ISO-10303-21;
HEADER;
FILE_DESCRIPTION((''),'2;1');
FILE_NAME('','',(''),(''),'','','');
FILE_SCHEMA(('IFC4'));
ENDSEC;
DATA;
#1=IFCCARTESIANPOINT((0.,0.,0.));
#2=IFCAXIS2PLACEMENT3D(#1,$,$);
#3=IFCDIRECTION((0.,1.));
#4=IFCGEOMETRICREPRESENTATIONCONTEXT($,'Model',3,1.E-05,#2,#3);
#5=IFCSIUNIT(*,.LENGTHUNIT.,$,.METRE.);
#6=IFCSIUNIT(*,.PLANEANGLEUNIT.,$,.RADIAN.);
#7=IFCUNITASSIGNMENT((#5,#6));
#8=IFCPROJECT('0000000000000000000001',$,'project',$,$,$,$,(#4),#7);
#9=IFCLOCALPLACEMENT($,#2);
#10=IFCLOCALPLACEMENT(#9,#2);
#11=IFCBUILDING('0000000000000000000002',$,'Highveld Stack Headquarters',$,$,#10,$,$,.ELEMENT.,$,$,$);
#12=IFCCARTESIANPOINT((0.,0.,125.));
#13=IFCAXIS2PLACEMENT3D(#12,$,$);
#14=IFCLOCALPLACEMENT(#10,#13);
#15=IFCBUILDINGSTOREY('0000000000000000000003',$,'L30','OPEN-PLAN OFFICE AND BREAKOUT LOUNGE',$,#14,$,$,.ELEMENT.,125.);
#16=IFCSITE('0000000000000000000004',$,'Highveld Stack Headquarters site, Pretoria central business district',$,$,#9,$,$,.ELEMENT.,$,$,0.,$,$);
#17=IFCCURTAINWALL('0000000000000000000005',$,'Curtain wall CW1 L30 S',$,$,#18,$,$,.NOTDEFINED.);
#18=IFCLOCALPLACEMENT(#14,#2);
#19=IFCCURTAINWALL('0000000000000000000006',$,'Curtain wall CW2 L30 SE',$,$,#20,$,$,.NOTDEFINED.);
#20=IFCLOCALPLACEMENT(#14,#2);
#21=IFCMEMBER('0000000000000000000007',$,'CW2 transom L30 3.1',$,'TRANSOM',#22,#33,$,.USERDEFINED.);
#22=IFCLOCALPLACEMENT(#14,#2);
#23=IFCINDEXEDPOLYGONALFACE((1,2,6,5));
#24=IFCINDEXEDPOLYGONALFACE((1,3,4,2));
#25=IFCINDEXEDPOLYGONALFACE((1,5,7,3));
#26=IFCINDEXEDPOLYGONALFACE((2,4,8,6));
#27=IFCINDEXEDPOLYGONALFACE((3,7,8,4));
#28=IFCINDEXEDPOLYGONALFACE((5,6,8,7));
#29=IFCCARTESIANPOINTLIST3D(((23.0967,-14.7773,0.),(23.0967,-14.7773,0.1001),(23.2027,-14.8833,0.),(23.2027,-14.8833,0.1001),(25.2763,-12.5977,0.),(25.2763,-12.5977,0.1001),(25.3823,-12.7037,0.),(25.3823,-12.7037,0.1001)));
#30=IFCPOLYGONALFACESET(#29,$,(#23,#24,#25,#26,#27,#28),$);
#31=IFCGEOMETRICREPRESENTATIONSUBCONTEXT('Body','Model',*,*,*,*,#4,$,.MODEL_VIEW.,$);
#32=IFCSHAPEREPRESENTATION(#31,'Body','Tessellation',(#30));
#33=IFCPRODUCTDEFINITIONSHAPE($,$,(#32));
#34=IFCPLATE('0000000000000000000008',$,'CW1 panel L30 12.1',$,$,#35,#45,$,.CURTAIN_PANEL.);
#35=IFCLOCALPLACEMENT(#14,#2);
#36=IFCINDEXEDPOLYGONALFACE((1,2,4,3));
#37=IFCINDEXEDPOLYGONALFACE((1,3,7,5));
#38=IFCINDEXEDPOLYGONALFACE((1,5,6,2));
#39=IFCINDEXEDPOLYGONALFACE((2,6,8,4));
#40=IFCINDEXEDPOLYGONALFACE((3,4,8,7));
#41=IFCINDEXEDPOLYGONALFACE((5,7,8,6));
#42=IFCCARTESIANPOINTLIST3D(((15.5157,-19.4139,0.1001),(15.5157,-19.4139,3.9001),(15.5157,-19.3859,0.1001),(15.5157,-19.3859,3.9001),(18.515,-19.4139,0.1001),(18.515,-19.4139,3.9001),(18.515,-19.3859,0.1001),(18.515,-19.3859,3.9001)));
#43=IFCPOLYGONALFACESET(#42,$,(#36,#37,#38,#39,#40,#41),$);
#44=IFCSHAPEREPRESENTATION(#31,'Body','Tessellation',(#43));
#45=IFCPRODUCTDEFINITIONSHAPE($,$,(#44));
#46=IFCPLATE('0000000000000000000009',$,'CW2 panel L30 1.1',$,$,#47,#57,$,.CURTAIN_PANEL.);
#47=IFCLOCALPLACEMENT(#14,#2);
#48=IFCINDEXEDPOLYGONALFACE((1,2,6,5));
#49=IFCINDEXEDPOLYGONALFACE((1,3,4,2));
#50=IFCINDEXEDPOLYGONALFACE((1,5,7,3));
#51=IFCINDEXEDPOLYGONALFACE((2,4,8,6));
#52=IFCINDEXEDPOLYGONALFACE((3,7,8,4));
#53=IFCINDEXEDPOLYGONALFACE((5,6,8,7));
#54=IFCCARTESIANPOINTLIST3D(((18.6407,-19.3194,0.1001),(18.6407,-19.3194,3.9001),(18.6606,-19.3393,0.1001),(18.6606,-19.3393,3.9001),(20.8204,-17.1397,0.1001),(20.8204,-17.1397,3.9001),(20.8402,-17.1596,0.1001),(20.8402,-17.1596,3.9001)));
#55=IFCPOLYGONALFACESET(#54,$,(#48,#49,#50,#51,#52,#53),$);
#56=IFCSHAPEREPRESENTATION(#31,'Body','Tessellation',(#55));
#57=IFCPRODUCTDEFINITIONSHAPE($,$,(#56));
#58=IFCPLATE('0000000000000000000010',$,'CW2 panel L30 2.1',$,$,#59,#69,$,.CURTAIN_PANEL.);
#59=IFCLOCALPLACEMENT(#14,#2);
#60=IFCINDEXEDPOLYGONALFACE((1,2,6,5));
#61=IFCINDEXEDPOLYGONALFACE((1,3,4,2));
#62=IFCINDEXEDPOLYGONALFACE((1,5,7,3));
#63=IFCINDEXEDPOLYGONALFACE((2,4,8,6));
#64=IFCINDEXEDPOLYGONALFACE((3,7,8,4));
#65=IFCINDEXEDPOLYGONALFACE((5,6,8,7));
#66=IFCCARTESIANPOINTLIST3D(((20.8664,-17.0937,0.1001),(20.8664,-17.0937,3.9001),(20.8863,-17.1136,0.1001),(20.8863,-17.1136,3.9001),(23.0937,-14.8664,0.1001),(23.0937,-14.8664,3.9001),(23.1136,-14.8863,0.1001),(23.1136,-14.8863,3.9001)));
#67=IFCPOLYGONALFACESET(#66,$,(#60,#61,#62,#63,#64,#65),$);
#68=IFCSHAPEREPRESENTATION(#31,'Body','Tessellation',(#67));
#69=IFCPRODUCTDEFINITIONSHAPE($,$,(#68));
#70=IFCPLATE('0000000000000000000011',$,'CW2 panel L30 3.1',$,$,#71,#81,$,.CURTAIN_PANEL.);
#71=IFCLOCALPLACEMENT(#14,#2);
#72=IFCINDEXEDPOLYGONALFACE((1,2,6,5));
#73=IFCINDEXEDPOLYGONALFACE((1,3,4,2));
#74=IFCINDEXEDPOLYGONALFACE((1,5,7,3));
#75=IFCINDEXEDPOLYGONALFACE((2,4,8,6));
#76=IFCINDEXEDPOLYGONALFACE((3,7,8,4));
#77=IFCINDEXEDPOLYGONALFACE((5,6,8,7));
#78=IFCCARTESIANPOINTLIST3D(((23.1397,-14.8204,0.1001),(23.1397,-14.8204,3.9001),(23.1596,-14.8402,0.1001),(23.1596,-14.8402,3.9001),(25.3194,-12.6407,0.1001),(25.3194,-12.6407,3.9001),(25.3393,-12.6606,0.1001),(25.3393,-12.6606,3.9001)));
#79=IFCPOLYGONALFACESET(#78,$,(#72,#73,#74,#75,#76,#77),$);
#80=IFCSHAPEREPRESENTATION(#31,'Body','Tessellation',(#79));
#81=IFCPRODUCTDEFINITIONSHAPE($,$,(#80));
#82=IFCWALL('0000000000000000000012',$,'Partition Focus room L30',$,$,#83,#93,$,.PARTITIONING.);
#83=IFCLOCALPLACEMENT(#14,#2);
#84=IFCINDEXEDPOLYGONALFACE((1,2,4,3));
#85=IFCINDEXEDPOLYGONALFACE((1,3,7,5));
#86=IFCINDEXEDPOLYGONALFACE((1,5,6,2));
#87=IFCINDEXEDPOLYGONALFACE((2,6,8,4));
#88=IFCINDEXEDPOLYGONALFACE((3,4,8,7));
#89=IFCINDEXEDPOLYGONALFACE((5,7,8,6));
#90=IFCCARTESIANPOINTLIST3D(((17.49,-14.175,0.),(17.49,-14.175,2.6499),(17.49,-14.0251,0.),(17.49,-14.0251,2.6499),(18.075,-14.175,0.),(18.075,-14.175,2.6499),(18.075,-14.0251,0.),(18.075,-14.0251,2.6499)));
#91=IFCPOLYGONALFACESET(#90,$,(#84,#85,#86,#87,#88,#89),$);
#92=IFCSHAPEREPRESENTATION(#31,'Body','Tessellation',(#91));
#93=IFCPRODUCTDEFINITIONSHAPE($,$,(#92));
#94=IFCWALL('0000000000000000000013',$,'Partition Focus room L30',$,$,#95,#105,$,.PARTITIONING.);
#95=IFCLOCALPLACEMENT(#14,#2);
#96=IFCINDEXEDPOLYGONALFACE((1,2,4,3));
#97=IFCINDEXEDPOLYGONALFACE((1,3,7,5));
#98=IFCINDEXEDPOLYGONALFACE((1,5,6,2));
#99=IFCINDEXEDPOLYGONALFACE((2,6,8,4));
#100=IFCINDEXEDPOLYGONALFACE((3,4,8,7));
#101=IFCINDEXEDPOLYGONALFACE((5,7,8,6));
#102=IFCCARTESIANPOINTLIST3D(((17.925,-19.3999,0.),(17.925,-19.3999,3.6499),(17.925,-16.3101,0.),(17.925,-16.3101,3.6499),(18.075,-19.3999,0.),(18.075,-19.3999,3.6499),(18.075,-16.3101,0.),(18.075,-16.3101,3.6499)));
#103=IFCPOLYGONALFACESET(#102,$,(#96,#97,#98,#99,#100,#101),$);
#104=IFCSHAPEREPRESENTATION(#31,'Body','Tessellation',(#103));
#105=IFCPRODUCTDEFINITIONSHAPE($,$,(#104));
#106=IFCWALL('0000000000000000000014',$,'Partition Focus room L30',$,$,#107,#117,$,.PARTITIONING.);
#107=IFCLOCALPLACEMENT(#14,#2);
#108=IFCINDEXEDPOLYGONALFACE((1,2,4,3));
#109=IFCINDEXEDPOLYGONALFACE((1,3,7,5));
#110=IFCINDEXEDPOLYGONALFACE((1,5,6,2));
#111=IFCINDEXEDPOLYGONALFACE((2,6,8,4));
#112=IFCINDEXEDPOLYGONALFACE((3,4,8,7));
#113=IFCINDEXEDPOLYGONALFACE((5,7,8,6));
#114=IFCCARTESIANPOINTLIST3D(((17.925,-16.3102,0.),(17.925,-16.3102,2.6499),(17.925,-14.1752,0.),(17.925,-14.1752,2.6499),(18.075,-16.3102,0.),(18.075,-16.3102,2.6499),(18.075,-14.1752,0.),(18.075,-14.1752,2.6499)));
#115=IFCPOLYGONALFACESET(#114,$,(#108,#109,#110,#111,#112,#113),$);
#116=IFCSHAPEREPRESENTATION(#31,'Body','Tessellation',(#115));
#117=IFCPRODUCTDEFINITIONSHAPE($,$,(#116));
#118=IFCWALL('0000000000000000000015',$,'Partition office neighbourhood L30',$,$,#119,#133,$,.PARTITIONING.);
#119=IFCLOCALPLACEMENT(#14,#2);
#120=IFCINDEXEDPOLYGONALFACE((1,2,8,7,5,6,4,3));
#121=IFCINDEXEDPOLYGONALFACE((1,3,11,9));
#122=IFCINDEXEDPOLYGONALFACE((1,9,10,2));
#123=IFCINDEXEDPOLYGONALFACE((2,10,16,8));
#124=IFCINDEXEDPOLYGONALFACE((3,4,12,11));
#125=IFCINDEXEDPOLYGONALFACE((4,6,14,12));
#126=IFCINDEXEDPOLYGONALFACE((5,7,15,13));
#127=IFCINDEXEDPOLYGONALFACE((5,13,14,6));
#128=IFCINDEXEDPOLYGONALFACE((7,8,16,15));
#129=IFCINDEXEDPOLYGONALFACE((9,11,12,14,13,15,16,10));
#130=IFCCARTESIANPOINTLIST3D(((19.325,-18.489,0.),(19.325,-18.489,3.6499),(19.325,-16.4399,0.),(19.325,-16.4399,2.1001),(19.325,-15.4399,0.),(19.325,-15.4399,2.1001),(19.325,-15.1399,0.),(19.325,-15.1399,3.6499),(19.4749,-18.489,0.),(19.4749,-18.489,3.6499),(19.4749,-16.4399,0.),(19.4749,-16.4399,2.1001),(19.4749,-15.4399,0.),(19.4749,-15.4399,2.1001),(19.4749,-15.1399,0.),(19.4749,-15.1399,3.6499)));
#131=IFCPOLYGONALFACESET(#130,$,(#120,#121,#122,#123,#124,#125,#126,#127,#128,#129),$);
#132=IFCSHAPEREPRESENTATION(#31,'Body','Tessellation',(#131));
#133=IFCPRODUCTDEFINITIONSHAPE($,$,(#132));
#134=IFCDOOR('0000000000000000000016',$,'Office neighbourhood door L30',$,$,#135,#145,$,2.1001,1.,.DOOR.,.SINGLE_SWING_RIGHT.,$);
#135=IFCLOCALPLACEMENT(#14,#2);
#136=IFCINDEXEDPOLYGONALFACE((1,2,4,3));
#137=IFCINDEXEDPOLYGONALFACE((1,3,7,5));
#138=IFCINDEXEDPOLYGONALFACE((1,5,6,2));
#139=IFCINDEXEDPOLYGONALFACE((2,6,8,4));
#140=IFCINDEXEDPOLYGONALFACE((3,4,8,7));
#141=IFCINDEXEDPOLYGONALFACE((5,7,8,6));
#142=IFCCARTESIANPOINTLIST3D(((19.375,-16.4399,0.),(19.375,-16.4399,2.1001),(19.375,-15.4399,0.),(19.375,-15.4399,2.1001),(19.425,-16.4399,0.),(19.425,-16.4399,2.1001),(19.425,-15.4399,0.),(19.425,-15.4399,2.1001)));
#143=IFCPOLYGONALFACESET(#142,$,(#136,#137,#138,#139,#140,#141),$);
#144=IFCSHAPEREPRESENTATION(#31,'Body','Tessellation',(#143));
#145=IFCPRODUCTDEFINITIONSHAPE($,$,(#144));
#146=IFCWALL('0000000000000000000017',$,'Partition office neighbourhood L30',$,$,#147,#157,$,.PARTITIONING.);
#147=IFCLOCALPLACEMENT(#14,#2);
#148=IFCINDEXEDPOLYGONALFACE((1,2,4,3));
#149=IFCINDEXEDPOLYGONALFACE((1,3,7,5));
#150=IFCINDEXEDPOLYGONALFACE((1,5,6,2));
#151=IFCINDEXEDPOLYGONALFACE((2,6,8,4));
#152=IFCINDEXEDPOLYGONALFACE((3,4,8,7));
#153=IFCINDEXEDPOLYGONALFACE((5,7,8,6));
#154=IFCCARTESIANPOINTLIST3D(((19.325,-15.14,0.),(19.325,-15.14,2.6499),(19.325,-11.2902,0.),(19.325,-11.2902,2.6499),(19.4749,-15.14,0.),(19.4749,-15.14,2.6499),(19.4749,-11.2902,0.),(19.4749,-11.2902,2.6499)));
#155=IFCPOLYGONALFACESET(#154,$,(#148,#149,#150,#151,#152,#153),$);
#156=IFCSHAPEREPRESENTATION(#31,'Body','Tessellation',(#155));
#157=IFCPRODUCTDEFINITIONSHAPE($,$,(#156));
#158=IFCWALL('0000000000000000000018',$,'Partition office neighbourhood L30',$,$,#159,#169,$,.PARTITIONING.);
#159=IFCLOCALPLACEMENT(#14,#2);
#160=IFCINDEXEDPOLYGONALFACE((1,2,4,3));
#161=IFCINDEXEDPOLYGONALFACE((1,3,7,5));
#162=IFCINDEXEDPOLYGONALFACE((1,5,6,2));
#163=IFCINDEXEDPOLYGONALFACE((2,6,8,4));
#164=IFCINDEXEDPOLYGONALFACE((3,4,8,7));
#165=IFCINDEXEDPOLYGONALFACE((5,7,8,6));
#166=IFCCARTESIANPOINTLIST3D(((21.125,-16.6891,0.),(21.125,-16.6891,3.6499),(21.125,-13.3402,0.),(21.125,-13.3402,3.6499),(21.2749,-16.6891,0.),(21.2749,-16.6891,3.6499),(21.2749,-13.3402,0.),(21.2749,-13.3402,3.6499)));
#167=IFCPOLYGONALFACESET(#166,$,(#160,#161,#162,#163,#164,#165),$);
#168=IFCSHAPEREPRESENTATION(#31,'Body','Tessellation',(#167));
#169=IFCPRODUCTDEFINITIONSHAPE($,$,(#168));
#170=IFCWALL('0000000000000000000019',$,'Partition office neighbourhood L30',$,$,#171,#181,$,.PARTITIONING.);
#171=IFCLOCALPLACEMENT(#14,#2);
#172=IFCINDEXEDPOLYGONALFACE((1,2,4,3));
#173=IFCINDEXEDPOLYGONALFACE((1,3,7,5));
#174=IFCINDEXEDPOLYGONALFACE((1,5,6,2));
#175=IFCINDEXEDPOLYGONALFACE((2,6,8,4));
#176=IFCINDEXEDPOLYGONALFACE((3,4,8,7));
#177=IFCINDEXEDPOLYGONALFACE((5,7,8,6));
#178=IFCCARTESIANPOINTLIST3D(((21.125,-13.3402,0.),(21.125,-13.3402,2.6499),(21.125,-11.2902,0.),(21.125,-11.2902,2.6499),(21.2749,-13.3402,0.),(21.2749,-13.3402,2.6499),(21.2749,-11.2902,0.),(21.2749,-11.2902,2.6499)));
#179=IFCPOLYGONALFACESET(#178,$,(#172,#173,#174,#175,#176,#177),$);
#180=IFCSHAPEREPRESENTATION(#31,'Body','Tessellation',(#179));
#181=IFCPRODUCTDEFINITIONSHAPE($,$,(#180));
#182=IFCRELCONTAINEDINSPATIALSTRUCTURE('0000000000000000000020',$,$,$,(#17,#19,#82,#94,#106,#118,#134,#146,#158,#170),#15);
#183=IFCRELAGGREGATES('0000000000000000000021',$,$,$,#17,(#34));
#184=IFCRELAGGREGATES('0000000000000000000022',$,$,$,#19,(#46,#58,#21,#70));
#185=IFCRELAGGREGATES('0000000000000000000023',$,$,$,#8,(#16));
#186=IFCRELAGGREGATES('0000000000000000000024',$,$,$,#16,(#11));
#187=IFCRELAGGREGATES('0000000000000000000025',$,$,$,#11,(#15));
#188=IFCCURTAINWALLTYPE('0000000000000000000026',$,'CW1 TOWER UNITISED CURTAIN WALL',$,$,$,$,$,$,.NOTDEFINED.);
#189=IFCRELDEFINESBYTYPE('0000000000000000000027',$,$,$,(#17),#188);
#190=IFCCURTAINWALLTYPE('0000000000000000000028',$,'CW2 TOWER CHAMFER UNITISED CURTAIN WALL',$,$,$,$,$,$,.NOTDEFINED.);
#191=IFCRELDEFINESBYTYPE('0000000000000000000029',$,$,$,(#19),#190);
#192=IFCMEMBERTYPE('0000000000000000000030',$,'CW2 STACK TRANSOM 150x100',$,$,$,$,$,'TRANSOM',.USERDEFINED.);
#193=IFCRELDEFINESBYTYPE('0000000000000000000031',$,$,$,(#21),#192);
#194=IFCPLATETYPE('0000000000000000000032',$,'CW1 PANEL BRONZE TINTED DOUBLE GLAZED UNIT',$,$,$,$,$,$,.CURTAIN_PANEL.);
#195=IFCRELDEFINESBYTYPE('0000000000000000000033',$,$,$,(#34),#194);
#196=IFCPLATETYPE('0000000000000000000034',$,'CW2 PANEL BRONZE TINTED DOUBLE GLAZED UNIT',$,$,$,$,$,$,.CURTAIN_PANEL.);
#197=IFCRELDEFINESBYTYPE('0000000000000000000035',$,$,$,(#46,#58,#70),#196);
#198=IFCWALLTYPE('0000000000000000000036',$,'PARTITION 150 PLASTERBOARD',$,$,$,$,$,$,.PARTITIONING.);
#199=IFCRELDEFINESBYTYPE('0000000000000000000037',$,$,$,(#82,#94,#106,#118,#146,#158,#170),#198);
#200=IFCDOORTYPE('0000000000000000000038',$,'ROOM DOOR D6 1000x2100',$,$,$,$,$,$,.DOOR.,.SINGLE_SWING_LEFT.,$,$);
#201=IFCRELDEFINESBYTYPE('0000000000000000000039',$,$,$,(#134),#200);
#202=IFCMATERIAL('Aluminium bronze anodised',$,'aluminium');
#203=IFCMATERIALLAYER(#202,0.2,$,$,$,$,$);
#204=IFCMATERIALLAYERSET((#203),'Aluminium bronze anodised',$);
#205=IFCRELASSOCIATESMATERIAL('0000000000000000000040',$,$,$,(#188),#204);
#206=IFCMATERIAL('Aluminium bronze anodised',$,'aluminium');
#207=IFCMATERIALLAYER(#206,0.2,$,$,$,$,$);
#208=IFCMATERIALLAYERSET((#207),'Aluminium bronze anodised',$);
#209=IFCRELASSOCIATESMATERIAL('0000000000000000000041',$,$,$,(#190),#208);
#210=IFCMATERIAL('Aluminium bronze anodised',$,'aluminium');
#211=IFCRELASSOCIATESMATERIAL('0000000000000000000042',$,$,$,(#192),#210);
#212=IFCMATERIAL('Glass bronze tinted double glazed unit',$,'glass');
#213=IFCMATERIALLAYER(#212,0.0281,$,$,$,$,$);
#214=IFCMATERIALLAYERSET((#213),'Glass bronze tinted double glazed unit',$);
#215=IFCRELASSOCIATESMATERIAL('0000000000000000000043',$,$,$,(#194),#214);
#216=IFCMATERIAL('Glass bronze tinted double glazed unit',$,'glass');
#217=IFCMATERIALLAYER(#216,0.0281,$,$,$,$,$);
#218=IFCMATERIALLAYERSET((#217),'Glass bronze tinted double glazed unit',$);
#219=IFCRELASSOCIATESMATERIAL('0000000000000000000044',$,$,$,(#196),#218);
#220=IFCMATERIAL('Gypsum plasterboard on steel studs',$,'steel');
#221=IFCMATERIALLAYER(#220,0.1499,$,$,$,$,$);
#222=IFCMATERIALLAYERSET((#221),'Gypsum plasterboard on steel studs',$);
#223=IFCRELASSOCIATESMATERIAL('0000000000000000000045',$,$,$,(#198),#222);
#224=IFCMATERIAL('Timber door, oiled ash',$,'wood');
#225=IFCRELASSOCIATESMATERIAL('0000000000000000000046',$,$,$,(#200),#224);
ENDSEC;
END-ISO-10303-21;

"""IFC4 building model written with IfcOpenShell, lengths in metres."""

from ifc_helpers import new_model, si_unit, direction, frame, frame_2d, origin, origin_2d, place, context, subcontext, project, spatial, rectangle, extrude, material, layer, layer_set, material_profile, profile_set, type_object, element, fill, aggregate, save


model = new_model("IFC4")

# Units and contexts
model_context = context("Model", 3, precision=1e-05, world=origin(), true_north=direction((0.0, 1.0)))
body_context = subcontext(model_context, "Body", "Model", "MODEL_VIEW")
ifc_project = project(units=[si_unit("LENGTHUNIT", "METRE"), si_unit("PLANEANGLEUNIT", "RADIAN")], contexts=[model_context])

# Site, building, storey
site_placement = place(None, origin())
site = spatial("IfcSite", under=ifc_project, at=site_placement, Name="Highveld Stack Headquarters site, Pretoria central business district", CompositionType="ELEMENT", RefElevation=0.0)
building_placement = place(site_placement, origin())
building = spatial("IfcBuilding", under=site, at=building_placement, Name="Highveld Stack Headquarters", CompositionType="ELEMENT")
storey_placement = place(building_placement, frame((0.0, 0.0, 125.0)))
storey = spatial("IfcBuildingStorey", under=building, at=storey_placement, Name="L30", Description="OPEN-PLAN OFFICE AND BREAKOUT LOUNGE", CompositionType="ELEMENT", Elevation=125.0)

# Curtain wall
ifc_material_1 = material(Name="Aluminium bronze anodised", Category="aluminium")
ifc_layer_1 = layer(ifc_material_1, 0.2)
ifc_layer_set_1 = layer_set([ifc_layer_1], Name="Aluminium bronze anodised")
curtain_wall_type_1 = type_object("IfcCurtainWallType", Name="CW1 TOWER UNITISED CURTAIN WALL", PredefinedType="NOTDEFINED", material=ifc_layer_set_1)
curtain_wall_1_placement = place(storey_placement, origin())
curtain_wall_1 = element("IfcCurtainWall", 1, at=curtain_wall_1_placement, inside=storey, type_object=curtain_wall_type_1, Name="Curtain wall CW1 L30 S", PredefinedType="NOTDEFINED")

# Curtain wall, member
ifc_material_2 = material(Name="Aluminium bronze anodised", Category="aluminium")
ifc_layer_2 = layer(ifc_material_2, 0.2)
ifc_layer_set_2 = layer_set([ifc_layer_2], Name="Aluminium bronze anodised")
curtain_wall_type_2 = type_object("IfcCurtainWallType", Name="CW2 TOWER CHAMFER UNITISED CURTAIN WALL", PredefinedType="NOTDEFINED", material=ifc_layer_set_2)
curtain_wall_2_placement = place(storey_placement, origin())
curtain_wall_2 = element("IfcCurtainWall", 2, at=curtain_wall_2_placement, inside=storey, type_object=curtain_wall_type_2, Name="Curtain wall CW2 L30 SE", PredefinedType="NOTDEFINED")
ifc_material_3 = material(Name="Aluminium bronze anodised", Category="aluminium")
ifc_material_profile_1 = material_profile(ifc_material_3, rectangle(XDim=0.1499, YDim=0.1001, at=origin_2d()), Name="CW2 TRANSOM 150x100")
ifc_profile_set_1 = profile_set([ifc_material_profile_1], Name="Aluminium bronze anodised")
member_type_1 = type_object("IfcMemberType", Name="CW2 STACK TRANSOM 150x100", ElementType="TRANSOM", PredefinedType="USERDEFINED", material=ifc_profile_set_1)
member_1_placement = place(storey_placement, frame((23.1497, -14.8303, 0.05), z_axis=(0.707107, 0.707107, 0.0), x_axis=(-0.707107, 0.707107, 0.0)))
member_1 = element("IfcMember", 3, at=member_1_placement, type_object=member_type_1, Name="CW2 transom L30 3.1", ObjectType="TRANSOM", PredefinedType="USERDEFINED", context=body_context, shape_type="SweptSolid", body=[
    extrude(rectangle(XDim=0.1499, YDim=0.1001, at=origin_2d()), origin(), (0.0, 0.0, 1.0), 3.0825),
])

# Plates
ifc_material_4 = material(Name="Glass bronze tinted double glazed unit", Category="glass")
ifc_layer_3 = layer(ifc_material_4, 0.0281)
ifc_layer_set_3 = layer_set([ifc_layer_3], Name="Glass bronze tinted double glazed unit")
plate_type_1 = type_object("IfcPlateType", Name="CW1 PANEL BRONZE TINTED DOUBLE GLAZED UNIT", PredefinedType="CURTAIN_PANEL", material=ifc_layer_set_3)
plate_1_placement = place(storey_placement, frame((17.0154, -19.3999, 0.1001), z_axis=(0.0, 0.0, 1.0), x_axis=(1.0, 0.0, 0.0)))
plate_1 = element("IfcPlate", 4, at=plate_1_placement, type_object=plate_type_1, Name="CW1 panel L30 12.1", PredefinedType="CURTAIN_PANEL", context=body_context, shape_type="SweptSolid", body=[
    extrude(rectangle(XDim=2.9993, YDim=0.0281, at=origin_2d()), origin(), (0.0, 0.0, 1.0), 3.8),
])
aggregate(curtain_wall_1, [plate_1])
ifc_material_5 = material(Name="Glass bronze tinted double glazed unit", Category="glass")
ifc_layer_4 = layer(ifc_material_5, 0.0281)
ifc_layer_set_4 = layer_set([ifc_layer_4], Name="Glass bronze tinted double glazed unit")
plate_type_2 = type_object("IfcPlateType", Name="CW2 PANEL BRONZE TINTED DOUBLE GLAZED UNIT", PredefinedType="CURTAIN_PANEL", material=ifc_layer_set_4)
plate_2_placement = place(storey_placement, frame((19.7405, -18.2395, 0.1001), z_axis=(0.0, 0.0, 1.0), x_axis=(0.707107, 0.707107, 0.0)))
plate_2 = element("IfcPlate", 5, at=plate_2_placement, type_object=plate_type_2, Name="CW2 panel L30 1.1", PredefinedType="CURTAIN_PANEL", context=body_context, shape_type="SweptSolid", body=[
    extrude(rectangle(XDim=3.0825, YDim=0.0281, at=origin_2d()), origin(), (0.0, 0.0, 1.0), 3.8),
])
plate_3_placement = place(storey_placement, frame((21.99, -15.99, 0.1001), z_axis=(0.0, 0.0, 1.0), x_axis=(0.707107, 0.707107, 0.0)))
plate_3 = element("IfcPlate", 6, at=plate_3_placement, type_object=plate_type_2, Name="CW2 panel L30 2.1", PredefinedType="CURTAIN_PANEL", context=body_context, shape_type="SweptSolid", body=[
    extrude(rectangle(XDim=3.1499, YDim=0.0281, at=origin_2d()), origin(), (0.0, 0.0, 1.0), 3.8),
])
plate_4_placement = place(storey_placement, frame((24.2395, -13.7405, 0.1001), z_axis=(0.0, 0.0, 1.0), x_axis=(0.707107, 0.707107, 0.0)))
plate_4 = element("IfcPlate", 7, at=plate_4_placement, type_object=plate_type_2, Name="CW2 panel L30 3.1", PredefinedType="CURTAIN_PANEL", context=body_context, shape_type="SweptSolid", body=[
    extrude(rectangle(XDim=3.0825, YDim=0.0281, at=origin_2d()), origin(), (0.0, 0.0, 1.0), 3.8),
])
aggregate(curtain_wall_2, [plate_2, plate_3, member_1, plate_4])

# Walls
ifc_material_6 = material(Name="Gypsum plasterboard on steel studs", Category="steel")
ifc_layer_5 = layer(ifc_material_6, 0.1499)
ifc_layer_set_5 = layer_set([ifc_layer_5], Name="Gypsum plasterboard on steel studs")
wall_type = type_object("IfcWallType", Name="PARTITION 150 PLASTERBOARD", PredefinedType="PARTITIONING", material=ifc_layer_set_5)
wall_1_placement = place(storey_placement, frame((17.49, -14.1001, 0.0), z_axis=(0.0, 0.0, 1.0), x_axis=(1.0, 0.0, 0.0)))
element("IfcWall", 8, at=wall_1_placement, inside=storey, type_object=wall_type, Name="Partition Focus room L30", PredefinedType="PARTITIONING", context=body_context, shape_type="SweptSolid", body=[
    extrude(rectangle(XDim=0.585, YDim=0.1499, at=frame_2d((0.2925, 0.0))), origin(), (0.0, 0.0, 1.0), 2.6499),
])
wall_2_placement = place(storey_placement, frame((18.0, -19.3999, 0.0), z_axis=(0.0, 0.0, 1.0), x_axis=(0.0, 1.0, 0.0)))
element("IfcWall", 9, at=wall_2_placement, inside=storey, type_object=wall_type, Name="Partition Focus room L30", PredefinedType="PARTITIONING", context=body_context, shape_type="SweptSolid", body=[
    extrude(rectangle(XDim=3.0898, YDim=0.1499, at=frame_2d((1.5449, 0.0))), origin(), (0.0, 0.0, 1.0), 3.6499),
])
wall_3_placement = place(storey_placement, frame((18.0, -16.3101, 0.0), z_axis=(0.0, 0.0, 1.0), x_axis=(0.0, 1.0, 0.0)))
element("IfcWall", 10, at=wall_3_placement, inside=storey, type_object=wall_type, Name="Partition Focus room L30", PredefinedType="PARTITIONING", context=body_context, shape_type="SweptSolid", body=[
    extrude(rectangle(XDim=2.135, YDim=0.1499, at=frame_2d((1.0674, 0.0))), origin(), (0.0, 0.0, 1.0), 2.6499),
])

# Wall, opening, door
wall_4_placement = place(storey_placement, frame((19.3999, -18.489, 0.0), z_axis=(0.0, 0.0, 1.0), x_axis=(0.0, 1.0, 0.0)))
wall_4 = element("IfcWall", 11, at=wall_4_placement, inside=storey, type_object=wall_type, Name="Partition office neighbourhood L30", PredefinedType="PARTITIONING", context=body_context, shape_type="SweptSolid", body=[
    extrude(rectangle(XDim=3.3491, YDim=0.1499, at=frame_2d((1.6746, 0.0))), origin(), (0.0, 0.0, 1.0), 3.6499),
])
opening_placement = place(wall_4_placement, frame((2.0491, 0.0, 0.0)))
opening = element("IfcOpeningElement", 12, at=opening_placement, cuts=wall_4, PredefinedType="OPENING", context=body_context, shape_type="SweptSolid", body=[
    extrude(rectangle(XDim=1.0, YDim=2.1001, at=frame_2d((0.5, 1.05))), frame((0.0, 0.085, 0.0), z_axis=(0.0, -1.0, 0.0), x_axis=(1.0, 0.0, 0.0)), (0.0, 0.0, 1.0), 0.1699),
])
ifc_material_7 = material(Name="Timber door, oiled ash", Category="wood")
door_type = type_object("IfcDoorType", Name="ROOM DOOR D6 1000x2100", OperationType="SINGLE_SWING_LEFT", PredefinedType="DOOR", material=ifc_material_7)
door_placement = place(opening_placement, origin())
door = element("IfcDoor", 13, at=door_placement, inside=storey, type_object=door_type, Name="Office neighbourhood door L30", OperationType="SINGLE_SWING_RIGHT", OverallHeight=2.1001, OverallWidth=1.0, PredefinedType="DOOR", context=body_context, shape_type="SweptSolid", body=[
    extrude(rectangle(XDim=1.0, YDim=2.1001, at=frame_2d((0.5, 1.05))), frame((0.0, 0.0249, 0.0), z_axis=(0.0, -1.0, 0.0), x_axis=(1.0, 0.0, 0.0)), (0.0, 0.0, 1.0), 0.05),
])
fill(opening, door)

# Walls
wall_5_placement = place(storey_placement, frame((19.3999, -15.1399, 0.0), z_axis=(0.0, 0.0, 1.0), x_axis=(0.0, 1.0, 0.0)))
element("IfcWall", 14, at=wall_5_placement, inside=storey, type_object=wall_type, Name="Partition office neighbourhood L30", PredefinedType="PARTITIONING", context=body_context, shape_type="SweptSolid", body=[
    extrude(rectangle(XDim=3.8499, YDim=0.1499, at=frame_2d((1.9248, 0.0))), origin(), (0.0, 0.0, 1.0), 2.6499),
])
wall_6_placement = place(storey_placement, frame((21.2, -16.689, 0.0), z_axis=(0.0, 0.0, 1.0), x_axis=(0.0, 1.0, 0.0)))
element("IfcWall", 15, at=wall_6_placement, inside=storey, type_object=wall_type, Name="Partition office neighbourhood L30", PredefinedType="PARTITIONING", context=body_context, shape_type="SweptSolid", body=[
    extrude(rectangle(XDim=3.3489, YDim=0.1499, at=frame_2d((1.6743, 0.0))), origin(), (0.0, 0.0, 1.0), 3.6499),
])
wall_7_placement = place(storey_placement, frame((21.2, -13.3401, 0.0), z_axis=(0.0, 0.0, 1.0), x_axis=(0.0, 1.0, 0.0)))
element("IfcWall", 16, at=wall_7_placement, inside=storey, type_object=wall_type, Name="Partition office neighbourhood L30", PredefinedType="PARTITIONING", context=body_context, shape_type="SweptSolid", body=[
    extrude(rectangle(XDim=2.05, YDim=0.1499, at=frame_2d((1.0249, 0.0))), origin(), (0.0, 0.0, 1.0), 2.6499),
])

save(model, "model.ifc")
